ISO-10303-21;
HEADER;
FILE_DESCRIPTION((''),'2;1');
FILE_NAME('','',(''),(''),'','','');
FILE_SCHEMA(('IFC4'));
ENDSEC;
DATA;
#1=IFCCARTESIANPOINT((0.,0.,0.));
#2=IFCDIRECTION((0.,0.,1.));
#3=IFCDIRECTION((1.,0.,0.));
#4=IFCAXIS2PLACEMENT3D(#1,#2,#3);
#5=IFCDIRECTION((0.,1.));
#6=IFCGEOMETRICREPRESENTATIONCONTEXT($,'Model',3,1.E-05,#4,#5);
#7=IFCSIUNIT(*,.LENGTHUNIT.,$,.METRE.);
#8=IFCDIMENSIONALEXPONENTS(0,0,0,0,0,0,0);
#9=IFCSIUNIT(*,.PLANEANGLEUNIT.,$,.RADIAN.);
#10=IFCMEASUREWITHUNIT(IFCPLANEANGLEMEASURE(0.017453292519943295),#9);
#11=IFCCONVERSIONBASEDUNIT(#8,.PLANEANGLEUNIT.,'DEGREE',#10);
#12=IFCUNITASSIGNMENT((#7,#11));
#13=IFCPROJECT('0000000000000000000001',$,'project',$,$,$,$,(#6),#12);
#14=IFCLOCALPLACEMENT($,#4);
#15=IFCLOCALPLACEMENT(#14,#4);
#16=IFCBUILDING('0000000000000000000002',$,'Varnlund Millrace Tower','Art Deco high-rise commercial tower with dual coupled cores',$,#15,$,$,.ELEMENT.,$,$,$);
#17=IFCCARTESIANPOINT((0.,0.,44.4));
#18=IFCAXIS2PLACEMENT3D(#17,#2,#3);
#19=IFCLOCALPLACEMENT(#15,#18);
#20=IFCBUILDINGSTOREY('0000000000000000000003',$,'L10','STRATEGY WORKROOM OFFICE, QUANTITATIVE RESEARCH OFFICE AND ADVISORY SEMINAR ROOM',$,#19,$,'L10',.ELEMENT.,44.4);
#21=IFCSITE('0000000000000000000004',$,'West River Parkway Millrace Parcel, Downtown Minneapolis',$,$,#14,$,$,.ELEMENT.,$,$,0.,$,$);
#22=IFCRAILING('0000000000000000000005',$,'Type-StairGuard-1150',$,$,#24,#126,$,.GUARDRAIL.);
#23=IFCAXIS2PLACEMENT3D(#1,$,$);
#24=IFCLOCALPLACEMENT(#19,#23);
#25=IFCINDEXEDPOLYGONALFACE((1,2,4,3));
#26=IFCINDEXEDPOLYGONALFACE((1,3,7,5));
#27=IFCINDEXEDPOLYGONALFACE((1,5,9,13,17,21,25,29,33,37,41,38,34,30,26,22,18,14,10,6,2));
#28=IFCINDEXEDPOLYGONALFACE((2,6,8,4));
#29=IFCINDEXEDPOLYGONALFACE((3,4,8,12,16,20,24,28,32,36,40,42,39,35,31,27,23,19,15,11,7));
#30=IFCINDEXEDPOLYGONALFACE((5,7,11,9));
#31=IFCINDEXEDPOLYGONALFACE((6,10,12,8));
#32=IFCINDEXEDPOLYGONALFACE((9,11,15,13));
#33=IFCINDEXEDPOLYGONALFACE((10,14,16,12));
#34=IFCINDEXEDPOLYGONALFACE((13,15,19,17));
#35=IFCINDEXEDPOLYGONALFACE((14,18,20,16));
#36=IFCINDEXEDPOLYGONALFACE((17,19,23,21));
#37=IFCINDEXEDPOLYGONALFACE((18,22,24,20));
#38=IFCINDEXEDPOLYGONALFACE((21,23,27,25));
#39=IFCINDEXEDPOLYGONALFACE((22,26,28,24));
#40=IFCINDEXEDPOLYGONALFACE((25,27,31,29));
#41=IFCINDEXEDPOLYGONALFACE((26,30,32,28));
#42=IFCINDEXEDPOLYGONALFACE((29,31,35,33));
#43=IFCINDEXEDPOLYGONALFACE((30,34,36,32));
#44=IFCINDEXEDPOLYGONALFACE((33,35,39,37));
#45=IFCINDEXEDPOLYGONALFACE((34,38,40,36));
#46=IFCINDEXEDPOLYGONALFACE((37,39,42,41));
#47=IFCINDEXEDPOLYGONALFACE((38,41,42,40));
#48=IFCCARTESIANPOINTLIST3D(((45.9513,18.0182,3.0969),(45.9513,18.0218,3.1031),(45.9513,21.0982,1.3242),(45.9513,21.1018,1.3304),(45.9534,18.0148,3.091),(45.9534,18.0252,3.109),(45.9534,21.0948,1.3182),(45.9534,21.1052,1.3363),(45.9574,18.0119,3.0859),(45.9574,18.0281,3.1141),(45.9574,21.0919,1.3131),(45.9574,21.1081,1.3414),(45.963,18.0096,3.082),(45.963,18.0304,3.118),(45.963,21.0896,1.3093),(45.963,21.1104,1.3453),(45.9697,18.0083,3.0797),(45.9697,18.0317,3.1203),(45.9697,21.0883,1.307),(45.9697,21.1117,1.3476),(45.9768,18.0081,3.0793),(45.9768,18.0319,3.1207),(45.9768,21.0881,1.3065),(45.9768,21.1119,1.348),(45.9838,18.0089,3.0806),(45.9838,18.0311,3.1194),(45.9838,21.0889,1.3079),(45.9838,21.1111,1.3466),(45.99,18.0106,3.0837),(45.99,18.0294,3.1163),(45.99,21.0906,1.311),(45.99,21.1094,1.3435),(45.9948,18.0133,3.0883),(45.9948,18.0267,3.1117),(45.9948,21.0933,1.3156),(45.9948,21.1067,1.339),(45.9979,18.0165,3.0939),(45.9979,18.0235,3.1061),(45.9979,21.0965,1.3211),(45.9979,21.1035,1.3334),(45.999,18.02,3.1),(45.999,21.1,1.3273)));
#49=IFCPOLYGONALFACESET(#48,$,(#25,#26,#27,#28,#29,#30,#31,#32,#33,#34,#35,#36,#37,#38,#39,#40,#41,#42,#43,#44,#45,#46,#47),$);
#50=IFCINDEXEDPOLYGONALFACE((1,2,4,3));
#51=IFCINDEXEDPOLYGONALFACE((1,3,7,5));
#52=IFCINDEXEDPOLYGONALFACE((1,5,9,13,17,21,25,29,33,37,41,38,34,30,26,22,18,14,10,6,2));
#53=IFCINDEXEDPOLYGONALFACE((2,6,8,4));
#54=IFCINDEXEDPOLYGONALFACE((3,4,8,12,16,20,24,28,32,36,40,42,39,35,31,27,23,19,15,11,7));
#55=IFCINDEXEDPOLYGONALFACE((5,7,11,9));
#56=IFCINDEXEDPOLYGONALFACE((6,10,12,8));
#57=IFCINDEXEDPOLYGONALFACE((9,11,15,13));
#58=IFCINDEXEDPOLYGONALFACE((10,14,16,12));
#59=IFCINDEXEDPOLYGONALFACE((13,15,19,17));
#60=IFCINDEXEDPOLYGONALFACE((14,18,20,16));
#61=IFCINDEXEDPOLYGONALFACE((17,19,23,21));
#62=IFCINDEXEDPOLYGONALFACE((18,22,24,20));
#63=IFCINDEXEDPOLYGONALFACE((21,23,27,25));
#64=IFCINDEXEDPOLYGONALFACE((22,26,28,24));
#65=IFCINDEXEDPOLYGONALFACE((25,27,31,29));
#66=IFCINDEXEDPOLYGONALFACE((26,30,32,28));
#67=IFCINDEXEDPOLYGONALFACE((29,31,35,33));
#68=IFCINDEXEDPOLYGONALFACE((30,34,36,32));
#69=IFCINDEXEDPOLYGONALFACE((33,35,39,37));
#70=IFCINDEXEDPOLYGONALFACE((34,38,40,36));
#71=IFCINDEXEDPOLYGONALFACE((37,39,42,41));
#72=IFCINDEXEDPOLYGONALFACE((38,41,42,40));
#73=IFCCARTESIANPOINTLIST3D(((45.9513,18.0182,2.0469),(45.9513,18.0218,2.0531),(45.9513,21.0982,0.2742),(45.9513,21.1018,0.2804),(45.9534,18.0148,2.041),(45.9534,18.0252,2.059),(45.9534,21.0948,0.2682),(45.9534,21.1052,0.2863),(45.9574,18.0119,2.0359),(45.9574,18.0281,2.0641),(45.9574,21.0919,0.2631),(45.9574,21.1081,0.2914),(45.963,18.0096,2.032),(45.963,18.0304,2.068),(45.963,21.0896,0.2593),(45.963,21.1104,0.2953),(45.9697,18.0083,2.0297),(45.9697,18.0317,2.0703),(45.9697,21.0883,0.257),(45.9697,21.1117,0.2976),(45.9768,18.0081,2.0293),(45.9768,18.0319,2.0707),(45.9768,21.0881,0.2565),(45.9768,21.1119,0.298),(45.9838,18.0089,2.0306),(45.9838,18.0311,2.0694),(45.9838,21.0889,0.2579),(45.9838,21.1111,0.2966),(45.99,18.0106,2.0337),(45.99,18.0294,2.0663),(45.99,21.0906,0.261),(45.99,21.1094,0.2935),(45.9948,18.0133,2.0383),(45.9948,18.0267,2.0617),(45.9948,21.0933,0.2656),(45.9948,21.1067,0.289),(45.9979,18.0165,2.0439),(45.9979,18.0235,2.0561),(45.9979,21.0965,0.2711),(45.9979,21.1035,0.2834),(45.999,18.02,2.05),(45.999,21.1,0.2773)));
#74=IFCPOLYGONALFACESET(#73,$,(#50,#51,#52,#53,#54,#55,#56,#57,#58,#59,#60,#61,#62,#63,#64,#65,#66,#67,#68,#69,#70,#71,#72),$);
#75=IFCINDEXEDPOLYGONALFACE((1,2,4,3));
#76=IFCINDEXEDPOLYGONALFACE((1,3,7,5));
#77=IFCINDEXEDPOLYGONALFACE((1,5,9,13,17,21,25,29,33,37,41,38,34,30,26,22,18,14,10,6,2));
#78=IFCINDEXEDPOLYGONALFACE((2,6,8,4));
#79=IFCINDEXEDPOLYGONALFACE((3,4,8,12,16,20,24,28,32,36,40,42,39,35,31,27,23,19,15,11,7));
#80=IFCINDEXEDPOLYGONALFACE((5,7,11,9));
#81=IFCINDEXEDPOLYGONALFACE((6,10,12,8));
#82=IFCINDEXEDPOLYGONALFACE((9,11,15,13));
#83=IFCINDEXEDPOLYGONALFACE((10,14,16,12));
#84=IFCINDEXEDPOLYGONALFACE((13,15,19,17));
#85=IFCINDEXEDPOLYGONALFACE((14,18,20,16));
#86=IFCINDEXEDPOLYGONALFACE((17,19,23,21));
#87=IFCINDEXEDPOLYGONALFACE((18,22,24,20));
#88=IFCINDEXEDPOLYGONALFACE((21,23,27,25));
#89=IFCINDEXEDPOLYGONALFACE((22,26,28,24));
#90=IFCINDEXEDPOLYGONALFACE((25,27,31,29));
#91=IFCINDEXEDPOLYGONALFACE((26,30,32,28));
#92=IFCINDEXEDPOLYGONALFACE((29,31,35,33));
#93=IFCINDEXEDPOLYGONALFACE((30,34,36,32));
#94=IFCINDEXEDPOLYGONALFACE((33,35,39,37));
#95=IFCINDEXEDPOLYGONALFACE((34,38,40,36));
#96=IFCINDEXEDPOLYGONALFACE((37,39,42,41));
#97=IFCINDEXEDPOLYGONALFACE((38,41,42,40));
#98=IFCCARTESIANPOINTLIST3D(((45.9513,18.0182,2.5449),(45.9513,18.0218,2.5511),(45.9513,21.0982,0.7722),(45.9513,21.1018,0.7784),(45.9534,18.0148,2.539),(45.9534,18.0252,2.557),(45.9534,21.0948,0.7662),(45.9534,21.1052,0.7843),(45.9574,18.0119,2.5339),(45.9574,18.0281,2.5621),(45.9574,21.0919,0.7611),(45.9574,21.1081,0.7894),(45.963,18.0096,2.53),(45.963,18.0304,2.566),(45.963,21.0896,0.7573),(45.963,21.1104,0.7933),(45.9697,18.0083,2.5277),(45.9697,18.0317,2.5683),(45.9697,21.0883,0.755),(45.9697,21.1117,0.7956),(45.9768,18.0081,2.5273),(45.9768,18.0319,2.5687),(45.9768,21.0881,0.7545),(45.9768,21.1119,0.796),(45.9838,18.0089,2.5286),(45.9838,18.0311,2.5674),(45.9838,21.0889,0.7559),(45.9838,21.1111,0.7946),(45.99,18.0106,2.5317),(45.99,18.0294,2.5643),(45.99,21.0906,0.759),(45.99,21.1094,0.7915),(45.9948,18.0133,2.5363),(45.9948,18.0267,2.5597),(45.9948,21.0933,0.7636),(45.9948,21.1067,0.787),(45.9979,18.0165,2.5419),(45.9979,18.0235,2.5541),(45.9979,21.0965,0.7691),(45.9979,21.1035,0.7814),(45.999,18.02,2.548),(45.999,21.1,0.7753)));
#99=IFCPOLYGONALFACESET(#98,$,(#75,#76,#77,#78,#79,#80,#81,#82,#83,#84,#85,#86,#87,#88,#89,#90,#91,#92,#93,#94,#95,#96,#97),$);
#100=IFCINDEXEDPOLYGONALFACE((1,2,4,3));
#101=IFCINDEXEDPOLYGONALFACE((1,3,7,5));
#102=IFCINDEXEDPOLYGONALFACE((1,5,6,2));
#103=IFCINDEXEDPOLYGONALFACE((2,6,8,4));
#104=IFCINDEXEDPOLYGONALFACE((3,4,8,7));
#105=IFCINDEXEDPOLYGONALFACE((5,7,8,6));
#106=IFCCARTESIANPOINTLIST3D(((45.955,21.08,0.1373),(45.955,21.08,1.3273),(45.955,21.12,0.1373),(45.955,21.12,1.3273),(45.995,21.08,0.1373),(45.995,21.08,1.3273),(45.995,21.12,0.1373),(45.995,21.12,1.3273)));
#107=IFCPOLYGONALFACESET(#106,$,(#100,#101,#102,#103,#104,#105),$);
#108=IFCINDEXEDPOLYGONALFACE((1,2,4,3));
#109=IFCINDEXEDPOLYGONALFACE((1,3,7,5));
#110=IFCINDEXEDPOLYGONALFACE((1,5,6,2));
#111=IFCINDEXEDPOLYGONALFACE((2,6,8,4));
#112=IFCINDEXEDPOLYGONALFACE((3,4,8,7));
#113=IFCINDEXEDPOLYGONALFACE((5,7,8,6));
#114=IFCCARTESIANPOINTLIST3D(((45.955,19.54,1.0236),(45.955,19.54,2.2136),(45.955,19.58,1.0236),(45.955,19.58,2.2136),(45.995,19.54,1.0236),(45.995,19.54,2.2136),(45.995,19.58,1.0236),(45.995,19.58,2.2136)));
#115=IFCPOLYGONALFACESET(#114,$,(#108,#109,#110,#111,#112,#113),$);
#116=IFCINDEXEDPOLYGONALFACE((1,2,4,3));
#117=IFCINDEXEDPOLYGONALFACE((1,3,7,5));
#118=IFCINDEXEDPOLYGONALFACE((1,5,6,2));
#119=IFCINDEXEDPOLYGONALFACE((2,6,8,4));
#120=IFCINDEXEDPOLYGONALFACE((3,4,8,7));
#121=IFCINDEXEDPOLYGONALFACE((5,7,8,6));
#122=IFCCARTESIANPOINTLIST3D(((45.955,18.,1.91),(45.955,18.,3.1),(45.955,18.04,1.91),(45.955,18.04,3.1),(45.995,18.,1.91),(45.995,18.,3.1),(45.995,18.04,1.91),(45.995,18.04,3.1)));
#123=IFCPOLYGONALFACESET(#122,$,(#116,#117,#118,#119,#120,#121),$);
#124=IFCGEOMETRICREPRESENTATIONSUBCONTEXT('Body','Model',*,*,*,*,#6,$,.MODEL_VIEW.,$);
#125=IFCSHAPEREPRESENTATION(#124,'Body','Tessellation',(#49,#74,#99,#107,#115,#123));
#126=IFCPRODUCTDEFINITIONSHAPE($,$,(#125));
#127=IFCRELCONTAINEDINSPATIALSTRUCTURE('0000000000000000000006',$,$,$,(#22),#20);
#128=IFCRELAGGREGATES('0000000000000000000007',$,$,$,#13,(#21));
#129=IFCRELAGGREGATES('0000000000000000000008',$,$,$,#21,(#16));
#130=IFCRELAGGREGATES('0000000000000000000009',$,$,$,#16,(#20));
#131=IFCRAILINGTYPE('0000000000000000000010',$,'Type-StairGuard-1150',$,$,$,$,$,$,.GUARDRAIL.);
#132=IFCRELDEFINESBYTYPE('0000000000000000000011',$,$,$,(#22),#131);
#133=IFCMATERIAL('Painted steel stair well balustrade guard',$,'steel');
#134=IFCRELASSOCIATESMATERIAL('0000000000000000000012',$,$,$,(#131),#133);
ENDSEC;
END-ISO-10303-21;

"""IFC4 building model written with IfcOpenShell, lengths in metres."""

from ifc_helpers import new_model, entity, si_unit, converted_unit, direction, frame, origin_with_axes, origin_2d_with_axis, place, context, subcontext, project, spatial, rectangle, circle, extrude, material, type_object, element, save


model = new_model("IFC4")

# Units and contexts
model_context = context("Model", 3, precision=1e-05, world=origin_with_axes(), true_north=direction((0.0, 1.0)))
body_context = subcontext(model_context, "Body", "Model", "MODEL_VIEW")
ifc_project = project(units=[si_unit("LENGTHUNIT", "METRE"), converted_unit("PLANEANGLEUNIT", "DEGREE", entity("IfcPlaneAngleMeasure", 0.017453292519943295), si_unit("PLANEANGLEUNIT", "RADIAN"), dimensions=[0, 0, 0, 0, 0, 0, 0])], contexts=[model_context])

# Site, building, storey
site_placement = place(None, origin_with_axes())
site = spatial("IfcSite", under=ifc_project, at=site_placement, Name="West River Parkway Millrace Parcel, Downtown Minneapolis", CompositionType="ELEMENT", RefElevation=0.0)
building_placement = place(site_placement, origin_with_axes())
building = spatial("IfcBuilding", under=site, at=building_placement, Name="Varnlund Millrace Tower", Description="Art Deco high-rise commercial tower with dual coupled cores", CompositionType="ELEMENT")
storey_placement = place(building_placement, frame((0.0, 0.0, 44.4), z_axis=(0.0, 0.0, 1.0), x_axis=(1.0, 0.0, 0.0)))
storey = spatial("IfcBuildingStorey", under=building, at=storey_placement, Name="L10", Description="STRATEGY WORKROOM OFFICE, QUANTITATIVE RESEARCH OFFICE AND ADVISORY SEMINAR ROOM", LongName="L10", CompositionType="ELEMENT", Elevation=44.4)

# Railing
ifc_material_1 = material(Name="Painted steel stair well balustrade guard", Category="steel")
railing_type_1 = type_object("IfcRailingType", Name="Type-StairGuard-1150", PredefinedType="GUARDRAIL", material=ifc_material_1)
railing_1_placement = place(storey_placement, frame((0.0, 0.0, -44.4), z_axis=(0.0, 0.0, 1.0), x_axis=(1.0, 0.0, 0.0)))
element("IfcRailing", 1, at=railing_1_placement, inside=storey, type_object=railing_type_1, Name="Type-StairGuard-1150", PredefinedType="GUARDRAIL", context=body_context, shape_type="SweptSolid", body=[
    extrude(circle(Radius=0.024, at=origin_2d_with_axis()), frame((45.975, 21.1, 45.7273), z_axis=(0.0, -0.866696, 0.498836), x_axis=(1.0, 0.0, 0.0)), (0.0, 0.0, 1.0), 3.5537),
    extrude(circle(Radius=0.024, at=origin_2d_with_axis()), frame((45.975, 21.1, 44.6773), z_axis=(0.0, -0.866696, 0.498836), x_axis=(1.0, 0.0, 0.0)), (0.0, 0.0, 1.0), 3.5537),
    extrude(circle(Radius=0.024, at=origin_2d_with_axis()), frame((45.975, 21.1, 45.1753), z_axis=(0.0, -0.866696, 0.498836), x_axis=(1.0, 0.0, 0.0)), (0.0, 0.0, 1.0), 3.5537),
    extrude(rectangle(XDim=0.04, YDim=0.04, at=origin_2d_with_axis()), frame((45.975, 21.1, 44.5373), z_axis=(0.0, 0.0, 1.0), x_axis=(1.0, 0.0, 0.0)), (0.0, 0.0, 1.0), 1.19),
    extrude(rectangle(XDim=0.04, YDim=0.04, at=origin_2d_with_axis()), frame((45.975, 19.56, 45.4236), z_axis=(0.0, 0.0, 1.0), x_axis=(1.0, 0.0, 0.0)), (0.0, 0.0, 1.0), 1.19),
    extrude(rectangle(XDim=0.04, YDim=0.04, at=origin_2d_with_axis()), frame((45.975, 18.02, 46.31), z_axis=(0.0, 0.0, 1.0), x_axis=(1.0, 0.0, 0.0)), (0.0, 0.0, 1.0), 1.19),
])

save(model, "model.ifc")
